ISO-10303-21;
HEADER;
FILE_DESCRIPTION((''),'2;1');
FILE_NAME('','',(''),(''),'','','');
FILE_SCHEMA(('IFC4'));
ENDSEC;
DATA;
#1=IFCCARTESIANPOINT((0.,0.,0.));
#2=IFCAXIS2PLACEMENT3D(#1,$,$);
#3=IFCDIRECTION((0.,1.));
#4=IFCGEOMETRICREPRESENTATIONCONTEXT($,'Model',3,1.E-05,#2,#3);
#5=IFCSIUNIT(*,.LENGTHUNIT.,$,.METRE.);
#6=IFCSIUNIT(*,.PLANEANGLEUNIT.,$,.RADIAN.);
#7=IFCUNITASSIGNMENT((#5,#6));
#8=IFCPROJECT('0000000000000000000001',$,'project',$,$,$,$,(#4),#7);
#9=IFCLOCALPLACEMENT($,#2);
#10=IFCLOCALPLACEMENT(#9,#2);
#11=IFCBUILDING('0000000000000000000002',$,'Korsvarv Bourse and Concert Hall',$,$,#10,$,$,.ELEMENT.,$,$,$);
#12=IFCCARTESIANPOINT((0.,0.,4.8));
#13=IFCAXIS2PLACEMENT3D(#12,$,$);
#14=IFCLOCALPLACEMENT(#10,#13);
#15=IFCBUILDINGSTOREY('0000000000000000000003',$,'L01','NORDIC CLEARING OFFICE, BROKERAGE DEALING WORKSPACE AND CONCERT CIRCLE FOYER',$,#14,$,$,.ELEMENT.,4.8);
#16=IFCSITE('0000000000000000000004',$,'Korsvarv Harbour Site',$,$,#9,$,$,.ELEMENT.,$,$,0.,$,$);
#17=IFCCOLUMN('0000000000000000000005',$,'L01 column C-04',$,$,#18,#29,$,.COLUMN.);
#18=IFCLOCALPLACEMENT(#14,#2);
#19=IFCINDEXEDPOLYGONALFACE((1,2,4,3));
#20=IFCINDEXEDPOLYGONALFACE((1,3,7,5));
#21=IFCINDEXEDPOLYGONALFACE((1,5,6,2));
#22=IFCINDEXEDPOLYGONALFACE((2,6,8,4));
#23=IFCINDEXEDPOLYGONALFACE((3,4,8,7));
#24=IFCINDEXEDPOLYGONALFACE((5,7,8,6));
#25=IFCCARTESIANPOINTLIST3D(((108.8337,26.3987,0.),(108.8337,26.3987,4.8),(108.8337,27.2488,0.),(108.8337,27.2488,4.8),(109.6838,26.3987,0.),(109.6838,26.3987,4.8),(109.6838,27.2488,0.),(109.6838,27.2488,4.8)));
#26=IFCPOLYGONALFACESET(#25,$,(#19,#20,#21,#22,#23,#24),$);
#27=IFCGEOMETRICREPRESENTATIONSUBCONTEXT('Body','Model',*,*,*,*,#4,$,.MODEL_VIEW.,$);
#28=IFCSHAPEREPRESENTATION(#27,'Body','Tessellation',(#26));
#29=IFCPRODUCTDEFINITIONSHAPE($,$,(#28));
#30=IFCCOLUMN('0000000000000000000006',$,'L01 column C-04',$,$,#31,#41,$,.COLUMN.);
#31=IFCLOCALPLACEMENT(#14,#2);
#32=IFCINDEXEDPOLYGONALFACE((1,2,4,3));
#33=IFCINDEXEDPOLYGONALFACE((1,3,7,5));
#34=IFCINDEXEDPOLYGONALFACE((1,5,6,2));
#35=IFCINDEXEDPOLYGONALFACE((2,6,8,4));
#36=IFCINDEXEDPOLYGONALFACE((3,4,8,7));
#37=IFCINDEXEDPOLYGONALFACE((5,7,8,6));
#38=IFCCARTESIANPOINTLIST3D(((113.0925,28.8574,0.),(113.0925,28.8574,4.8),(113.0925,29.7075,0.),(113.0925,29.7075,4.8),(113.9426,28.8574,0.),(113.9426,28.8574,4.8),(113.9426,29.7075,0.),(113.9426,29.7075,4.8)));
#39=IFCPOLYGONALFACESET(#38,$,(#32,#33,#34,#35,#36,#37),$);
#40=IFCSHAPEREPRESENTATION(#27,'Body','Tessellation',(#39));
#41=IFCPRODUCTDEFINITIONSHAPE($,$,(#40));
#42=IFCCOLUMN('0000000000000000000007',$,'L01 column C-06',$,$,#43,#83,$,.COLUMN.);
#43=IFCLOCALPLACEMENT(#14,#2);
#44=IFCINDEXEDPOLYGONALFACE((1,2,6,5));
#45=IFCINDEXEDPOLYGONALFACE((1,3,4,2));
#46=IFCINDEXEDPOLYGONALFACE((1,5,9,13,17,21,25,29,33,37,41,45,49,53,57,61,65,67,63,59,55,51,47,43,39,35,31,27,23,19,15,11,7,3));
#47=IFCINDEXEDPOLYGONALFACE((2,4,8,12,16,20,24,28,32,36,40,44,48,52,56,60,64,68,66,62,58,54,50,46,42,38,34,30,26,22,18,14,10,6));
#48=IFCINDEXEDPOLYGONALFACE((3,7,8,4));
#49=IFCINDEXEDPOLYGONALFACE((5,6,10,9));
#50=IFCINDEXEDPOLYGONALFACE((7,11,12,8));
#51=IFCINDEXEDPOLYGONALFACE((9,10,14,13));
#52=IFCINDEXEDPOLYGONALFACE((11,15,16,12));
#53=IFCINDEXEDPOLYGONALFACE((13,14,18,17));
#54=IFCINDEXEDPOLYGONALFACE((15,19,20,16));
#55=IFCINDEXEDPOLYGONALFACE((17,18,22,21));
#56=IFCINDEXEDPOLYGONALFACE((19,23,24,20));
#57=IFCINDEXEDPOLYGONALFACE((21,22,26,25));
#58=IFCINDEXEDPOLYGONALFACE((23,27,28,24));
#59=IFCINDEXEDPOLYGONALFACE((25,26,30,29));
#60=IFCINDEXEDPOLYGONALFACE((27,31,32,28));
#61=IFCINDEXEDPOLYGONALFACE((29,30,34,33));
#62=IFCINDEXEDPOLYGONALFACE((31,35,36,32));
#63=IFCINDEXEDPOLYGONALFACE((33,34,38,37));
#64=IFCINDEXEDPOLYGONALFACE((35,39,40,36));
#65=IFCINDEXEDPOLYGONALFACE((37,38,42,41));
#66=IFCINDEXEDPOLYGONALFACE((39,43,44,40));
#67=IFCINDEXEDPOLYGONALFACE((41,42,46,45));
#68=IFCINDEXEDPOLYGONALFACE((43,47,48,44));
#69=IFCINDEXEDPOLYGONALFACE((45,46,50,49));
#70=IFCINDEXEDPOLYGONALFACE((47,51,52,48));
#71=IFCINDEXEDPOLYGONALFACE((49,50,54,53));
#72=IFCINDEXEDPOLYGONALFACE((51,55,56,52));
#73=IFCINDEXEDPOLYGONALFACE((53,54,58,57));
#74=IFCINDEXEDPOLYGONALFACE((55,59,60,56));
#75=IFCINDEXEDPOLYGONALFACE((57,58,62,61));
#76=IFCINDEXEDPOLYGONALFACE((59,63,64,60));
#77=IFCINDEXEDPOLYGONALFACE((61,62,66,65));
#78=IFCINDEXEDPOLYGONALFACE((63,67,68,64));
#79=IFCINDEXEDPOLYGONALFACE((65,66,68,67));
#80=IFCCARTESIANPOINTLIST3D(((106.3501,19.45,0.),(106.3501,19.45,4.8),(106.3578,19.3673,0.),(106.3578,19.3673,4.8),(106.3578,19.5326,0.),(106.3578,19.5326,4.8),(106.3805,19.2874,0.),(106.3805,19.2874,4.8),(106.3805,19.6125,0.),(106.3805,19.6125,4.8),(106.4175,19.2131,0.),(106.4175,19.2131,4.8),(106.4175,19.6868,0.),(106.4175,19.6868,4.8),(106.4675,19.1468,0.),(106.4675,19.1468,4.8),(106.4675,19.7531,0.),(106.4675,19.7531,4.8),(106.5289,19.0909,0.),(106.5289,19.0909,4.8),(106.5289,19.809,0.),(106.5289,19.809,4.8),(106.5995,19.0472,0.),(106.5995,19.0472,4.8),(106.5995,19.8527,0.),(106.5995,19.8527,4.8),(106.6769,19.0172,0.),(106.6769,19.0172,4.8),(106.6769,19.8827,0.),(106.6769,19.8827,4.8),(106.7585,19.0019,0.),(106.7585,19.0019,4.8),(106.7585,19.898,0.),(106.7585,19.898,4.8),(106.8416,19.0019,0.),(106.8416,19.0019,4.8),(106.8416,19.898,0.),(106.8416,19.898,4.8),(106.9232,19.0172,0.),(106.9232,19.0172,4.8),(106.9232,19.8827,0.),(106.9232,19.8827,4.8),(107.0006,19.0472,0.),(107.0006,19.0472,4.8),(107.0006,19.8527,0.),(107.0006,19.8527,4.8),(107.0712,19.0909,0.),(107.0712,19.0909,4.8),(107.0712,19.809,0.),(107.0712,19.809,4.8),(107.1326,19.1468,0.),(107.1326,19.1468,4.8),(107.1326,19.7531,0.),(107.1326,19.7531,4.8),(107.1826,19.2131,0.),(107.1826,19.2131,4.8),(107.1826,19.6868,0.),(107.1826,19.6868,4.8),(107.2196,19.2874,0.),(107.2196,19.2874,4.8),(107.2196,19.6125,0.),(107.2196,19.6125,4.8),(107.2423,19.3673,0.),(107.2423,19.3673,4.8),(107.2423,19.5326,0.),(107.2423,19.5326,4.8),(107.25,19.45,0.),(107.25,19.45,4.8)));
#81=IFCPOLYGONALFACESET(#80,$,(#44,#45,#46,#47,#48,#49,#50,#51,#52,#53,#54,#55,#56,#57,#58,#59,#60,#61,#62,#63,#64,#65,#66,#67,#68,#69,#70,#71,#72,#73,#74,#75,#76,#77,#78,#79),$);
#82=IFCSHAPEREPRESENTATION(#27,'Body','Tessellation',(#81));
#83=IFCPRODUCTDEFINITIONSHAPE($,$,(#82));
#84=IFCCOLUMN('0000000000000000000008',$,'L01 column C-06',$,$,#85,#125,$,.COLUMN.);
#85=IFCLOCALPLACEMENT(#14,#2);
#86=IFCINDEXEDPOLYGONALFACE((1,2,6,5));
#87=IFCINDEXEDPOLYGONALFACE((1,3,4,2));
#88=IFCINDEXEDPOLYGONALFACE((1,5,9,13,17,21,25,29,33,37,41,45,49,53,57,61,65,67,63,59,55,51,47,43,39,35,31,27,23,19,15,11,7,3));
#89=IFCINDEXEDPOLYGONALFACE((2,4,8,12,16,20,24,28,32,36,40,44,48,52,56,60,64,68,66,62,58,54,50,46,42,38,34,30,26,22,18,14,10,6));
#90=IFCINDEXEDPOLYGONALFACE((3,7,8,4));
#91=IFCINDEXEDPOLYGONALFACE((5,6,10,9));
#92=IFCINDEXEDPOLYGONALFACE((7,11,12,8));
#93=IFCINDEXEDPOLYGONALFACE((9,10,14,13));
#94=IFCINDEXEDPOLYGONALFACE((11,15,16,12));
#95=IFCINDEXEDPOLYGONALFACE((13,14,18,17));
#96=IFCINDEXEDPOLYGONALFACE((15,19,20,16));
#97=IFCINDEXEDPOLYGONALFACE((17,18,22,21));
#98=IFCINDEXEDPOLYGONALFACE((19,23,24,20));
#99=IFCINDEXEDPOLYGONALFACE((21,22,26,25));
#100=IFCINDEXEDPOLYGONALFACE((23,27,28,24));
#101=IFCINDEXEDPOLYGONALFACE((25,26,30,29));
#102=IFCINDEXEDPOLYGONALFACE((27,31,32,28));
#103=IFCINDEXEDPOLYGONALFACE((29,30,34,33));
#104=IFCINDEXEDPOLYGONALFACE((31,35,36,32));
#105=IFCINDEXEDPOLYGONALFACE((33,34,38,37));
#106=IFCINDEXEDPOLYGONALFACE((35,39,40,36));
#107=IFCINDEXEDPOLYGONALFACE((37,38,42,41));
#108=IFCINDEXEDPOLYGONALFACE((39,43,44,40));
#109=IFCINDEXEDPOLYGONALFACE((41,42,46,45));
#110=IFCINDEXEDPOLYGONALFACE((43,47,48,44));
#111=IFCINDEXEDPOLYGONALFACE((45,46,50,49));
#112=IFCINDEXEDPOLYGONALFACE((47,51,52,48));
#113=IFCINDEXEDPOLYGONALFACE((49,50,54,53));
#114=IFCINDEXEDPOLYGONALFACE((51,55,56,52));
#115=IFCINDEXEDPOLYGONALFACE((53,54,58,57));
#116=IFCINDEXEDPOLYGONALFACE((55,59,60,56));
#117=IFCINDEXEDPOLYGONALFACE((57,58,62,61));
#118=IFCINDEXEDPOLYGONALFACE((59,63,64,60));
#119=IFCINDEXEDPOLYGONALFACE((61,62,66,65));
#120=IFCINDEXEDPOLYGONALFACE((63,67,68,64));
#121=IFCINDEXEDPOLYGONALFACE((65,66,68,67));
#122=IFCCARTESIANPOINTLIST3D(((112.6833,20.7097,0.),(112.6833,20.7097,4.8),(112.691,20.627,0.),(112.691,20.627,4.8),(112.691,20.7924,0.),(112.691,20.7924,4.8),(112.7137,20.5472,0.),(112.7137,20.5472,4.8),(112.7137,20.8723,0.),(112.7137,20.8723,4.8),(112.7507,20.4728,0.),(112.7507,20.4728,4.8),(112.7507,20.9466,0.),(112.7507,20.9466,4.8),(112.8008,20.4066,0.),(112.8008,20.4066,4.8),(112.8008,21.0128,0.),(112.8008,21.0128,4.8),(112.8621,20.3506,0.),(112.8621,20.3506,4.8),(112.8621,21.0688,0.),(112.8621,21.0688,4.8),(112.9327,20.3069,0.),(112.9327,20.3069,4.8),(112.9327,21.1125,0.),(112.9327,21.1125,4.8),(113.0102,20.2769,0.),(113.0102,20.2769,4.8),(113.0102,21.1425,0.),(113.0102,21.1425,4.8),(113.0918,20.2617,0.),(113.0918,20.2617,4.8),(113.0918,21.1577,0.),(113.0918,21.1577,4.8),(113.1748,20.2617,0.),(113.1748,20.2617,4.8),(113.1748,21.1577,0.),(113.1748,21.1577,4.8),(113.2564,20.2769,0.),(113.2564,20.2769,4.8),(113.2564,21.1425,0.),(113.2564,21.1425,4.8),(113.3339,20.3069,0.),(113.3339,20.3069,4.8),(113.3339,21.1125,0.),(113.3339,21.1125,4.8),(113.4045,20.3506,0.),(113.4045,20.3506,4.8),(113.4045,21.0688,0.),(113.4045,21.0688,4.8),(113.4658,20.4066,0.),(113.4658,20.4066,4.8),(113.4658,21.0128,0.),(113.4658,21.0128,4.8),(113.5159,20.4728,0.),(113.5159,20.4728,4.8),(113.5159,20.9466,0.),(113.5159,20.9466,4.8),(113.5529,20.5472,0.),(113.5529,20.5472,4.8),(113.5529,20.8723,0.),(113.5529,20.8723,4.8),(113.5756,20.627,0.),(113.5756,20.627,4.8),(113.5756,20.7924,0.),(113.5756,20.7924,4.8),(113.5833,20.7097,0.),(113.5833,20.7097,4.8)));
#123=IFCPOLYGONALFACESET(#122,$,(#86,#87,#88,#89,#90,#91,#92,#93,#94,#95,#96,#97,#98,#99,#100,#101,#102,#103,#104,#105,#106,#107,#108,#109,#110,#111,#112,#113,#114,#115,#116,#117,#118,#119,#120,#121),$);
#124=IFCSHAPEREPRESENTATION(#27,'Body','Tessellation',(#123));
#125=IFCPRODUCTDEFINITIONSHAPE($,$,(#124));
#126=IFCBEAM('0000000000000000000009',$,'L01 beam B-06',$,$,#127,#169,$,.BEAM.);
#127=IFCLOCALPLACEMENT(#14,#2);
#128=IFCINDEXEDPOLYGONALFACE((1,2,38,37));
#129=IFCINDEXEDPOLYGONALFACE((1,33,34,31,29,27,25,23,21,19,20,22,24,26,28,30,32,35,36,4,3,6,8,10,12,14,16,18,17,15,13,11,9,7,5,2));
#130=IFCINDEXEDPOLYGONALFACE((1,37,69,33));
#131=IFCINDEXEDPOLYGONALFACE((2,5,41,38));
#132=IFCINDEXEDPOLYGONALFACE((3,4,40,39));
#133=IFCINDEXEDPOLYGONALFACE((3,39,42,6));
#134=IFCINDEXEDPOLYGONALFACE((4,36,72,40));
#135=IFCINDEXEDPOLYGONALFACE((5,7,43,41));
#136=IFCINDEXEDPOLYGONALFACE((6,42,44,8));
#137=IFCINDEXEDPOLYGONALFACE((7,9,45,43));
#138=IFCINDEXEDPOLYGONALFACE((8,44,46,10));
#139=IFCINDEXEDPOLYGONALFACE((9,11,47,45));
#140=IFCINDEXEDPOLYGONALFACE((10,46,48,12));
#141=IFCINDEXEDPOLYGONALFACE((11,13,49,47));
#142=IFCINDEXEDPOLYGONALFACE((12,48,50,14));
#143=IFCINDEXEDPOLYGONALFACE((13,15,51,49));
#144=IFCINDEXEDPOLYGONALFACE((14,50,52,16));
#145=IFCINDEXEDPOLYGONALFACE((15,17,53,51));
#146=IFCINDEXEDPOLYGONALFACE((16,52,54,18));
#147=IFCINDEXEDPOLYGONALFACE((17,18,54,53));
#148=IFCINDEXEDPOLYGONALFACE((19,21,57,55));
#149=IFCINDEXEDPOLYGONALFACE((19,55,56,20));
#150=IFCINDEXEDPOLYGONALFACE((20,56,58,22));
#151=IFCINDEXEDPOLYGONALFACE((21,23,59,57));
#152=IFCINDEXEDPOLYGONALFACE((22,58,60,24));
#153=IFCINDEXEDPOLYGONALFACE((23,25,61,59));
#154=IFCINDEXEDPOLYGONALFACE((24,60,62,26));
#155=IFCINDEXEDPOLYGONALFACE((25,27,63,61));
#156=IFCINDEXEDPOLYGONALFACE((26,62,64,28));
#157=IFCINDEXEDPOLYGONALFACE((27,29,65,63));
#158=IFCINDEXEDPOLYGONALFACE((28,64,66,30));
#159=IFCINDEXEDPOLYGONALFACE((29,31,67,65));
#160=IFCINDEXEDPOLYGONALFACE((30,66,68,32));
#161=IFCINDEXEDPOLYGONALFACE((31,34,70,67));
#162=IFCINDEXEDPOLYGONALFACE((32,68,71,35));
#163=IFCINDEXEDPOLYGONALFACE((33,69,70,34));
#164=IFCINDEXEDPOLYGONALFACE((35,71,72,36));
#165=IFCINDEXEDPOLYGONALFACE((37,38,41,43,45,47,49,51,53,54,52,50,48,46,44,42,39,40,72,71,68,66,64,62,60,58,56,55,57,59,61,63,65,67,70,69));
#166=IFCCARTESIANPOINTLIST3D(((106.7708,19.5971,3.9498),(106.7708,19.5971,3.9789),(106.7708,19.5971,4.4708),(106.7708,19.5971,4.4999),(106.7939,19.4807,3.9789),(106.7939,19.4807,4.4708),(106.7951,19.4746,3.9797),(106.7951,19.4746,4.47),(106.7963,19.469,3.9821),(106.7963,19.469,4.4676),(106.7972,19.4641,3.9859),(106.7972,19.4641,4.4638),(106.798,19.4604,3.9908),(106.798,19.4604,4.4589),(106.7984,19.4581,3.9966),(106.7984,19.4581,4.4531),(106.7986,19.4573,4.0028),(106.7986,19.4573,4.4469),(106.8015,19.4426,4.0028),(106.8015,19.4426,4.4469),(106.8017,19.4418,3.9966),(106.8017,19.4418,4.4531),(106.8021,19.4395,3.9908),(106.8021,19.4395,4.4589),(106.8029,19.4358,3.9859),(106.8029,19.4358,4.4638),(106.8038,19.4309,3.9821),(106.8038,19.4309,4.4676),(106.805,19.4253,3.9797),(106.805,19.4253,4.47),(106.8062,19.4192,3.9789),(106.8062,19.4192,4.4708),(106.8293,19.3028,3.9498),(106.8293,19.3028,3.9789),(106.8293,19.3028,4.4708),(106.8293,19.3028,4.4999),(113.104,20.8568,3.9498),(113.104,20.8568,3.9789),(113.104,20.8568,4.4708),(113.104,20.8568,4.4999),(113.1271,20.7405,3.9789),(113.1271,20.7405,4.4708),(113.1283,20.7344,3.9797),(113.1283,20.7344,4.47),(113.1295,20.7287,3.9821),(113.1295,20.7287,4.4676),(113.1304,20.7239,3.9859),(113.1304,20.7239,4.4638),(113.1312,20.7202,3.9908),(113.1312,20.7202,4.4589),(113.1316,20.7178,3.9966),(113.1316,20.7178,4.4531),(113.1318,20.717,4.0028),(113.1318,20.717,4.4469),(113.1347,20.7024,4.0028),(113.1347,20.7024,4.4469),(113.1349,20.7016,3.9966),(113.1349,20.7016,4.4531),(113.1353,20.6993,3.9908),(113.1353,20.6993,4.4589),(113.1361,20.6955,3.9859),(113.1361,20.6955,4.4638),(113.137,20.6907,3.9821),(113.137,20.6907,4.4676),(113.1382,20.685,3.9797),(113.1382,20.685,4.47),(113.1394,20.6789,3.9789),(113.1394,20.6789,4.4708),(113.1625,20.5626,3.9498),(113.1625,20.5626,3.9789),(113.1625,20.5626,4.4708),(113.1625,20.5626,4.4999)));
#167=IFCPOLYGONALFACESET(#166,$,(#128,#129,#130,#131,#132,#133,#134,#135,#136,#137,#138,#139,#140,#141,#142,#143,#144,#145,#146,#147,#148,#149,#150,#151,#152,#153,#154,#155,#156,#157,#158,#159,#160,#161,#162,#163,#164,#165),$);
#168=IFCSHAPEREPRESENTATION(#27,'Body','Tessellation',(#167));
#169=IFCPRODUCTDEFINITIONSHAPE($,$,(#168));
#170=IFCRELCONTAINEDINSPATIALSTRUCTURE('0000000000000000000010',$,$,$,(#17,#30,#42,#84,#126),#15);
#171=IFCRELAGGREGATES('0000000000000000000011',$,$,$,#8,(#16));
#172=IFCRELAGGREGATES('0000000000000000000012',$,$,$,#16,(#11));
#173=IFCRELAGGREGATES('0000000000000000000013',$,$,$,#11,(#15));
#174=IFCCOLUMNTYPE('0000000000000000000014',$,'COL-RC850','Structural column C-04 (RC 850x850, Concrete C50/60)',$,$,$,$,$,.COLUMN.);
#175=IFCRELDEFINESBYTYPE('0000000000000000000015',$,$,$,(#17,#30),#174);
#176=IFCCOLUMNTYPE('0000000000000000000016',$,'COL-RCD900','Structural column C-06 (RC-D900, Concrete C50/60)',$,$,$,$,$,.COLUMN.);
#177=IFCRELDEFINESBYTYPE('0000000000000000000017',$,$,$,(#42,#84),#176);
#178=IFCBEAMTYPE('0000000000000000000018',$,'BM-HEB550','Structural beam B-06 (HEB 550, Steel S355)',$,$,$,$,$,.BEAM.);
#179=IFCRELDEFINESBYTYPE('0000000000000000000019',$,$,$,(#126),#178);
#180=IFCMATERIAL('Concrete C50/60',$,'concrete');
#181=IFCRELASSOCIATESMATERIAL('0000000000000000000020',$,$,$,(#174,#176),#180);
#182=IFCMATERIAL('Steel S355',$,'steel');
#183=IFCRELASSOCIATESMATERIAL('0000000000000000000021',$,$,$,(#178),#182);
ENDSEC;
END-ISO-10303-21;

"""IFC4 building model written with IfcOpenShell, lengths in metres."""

from ifc_helpers import new_model, si_unit, direction, frame, origin, origin_2d, place, context, subcontext, project, spatial, rectangle, circle, i_section, extrude, source, transform, mapped, material, material_profile, profile_set, type_object, element, save


model = new_model("IFC4")

# Units and contexts
model_context = context("Model", 3, precision=1e-05, world=origin(), true_north=direction((0.0, 1.0)))
body_context = subcontext(model_context, "Body", "Model", "MODEL_VIEW")
ifc_project = project(units=[si_unit("LENGTHUNIT", "METRE"), si_unit("PLANEANGLEUNIT", "RADIAN")], contexts=[model_context])

# Site, building, storey
site_placement = place(None, origin())
site = spatial("IfcSite", under=ifc_project, at=site_placement, Name="Korsvarv Harbour Site", CompositionType="ELEMENT", RefElevation=0.0)
building_placement = place(site_placement, origin())
building = spatial("IfcBuilding", under=site, at=building_placement, Name="Korsvarv Bourse and Concert Hall", CompositionType="ELEMENT")
storey_placement = place(building_placement, frame((0.0, 0.0, 4.8)))
storey = spatial("IfcBuildingStorey", under=building, at=storey_placement, Name="L01", Description="NORDIC CLEARING OFFICE, BROKERAGE DEALING WORKSPACE AND CONCERT CIRCLE FOYER", CompositionType="ELEMENT", Elevation=4.8)

# Columns
ifc_material_1 = material(Name="Concrete C50/60", Category="concrete")
ifc_material_profile_1 = material_profile(ifc_material_1, rectangle(XDim=0.8501, YDim=0.8501, at=origin_2d()), Name="RC 850x850")
ifc_profile_set_1 = profile_set([ifc_material_profile_1], Name="Concrete C50/60")
column_type_1 = type_object("IfcColumnType", Name="COL-RC850", Description="Structural column C-04 (RC 850x850, Concrete C50/60)", PredefinedType="COLUMN", material=ifc_profile_set_1)
shared_shape_1 = source(origin(), body_context, "Body", "SweptSolid", [
    extrude(rectangle(XDim=0.8501, YDim=0.8501, at=origin_2d()), origin(), (0.0, 0.0, 1.0), 4.8),
])
for number, where, z_axis, x_axis, name in (
    (1, (109.2588, 26.8237, 0.0), (0.0, 0.0, 1.0), (1.0, 0.0, 0.0), "L01 column C-04"),
    (2, (113.5176, 29.2825, 0.0), (0.0, 0.0, 1.0), (1.0, 0.0, 0.0), "L01 column C-04"),
):
    element("IfcColumn", number, at=place(storey_placement, frame(where, z_axis=z_axis, x_axis=x_axis)), inside=storey, type_object=column_type_1, Name=name, PredefinedType="COLUMN", context=body_context, shape_type="MappedRepresentation", body=[
        mapped(shared_shape_1, transform((0.0, 0.0, 0.0), scale=1.0)),
    ])
ifc_material_profile_2 = material_profile(ifc_material_1, circle(Radius=0.45, at=origin_2d()), Name="RC-D900")
ifc_profile_set_2 = profile_set([ifc_material_profile_2], Name="Concrete C50/60")
column_type_2 = type_object("IfcColumnType", Name="COL-RCD900", Description="Structural column C-06 (RC-D900, Concrete C50/60)", PredefinedType="COLUMN", material=ifc_profile_set_2)
shared_shape_2 = source(origin(), body_context, "Body", "SweptSolid", [
    extrude(circle(Radius=0.45, at=origin_2d()), origin(), (0.0, 0.0, 1.0), 4.8),
])
for number, where, z_axis, x_axis, name in (
    (3, (106.8, 19.45, 0.0), (0.0, 0.0, 1.0), (1.0, 0.0, 0.0), "L01 column C-06"),
    (4, (113.1333, 20.7097, 0.0), (0.0, 0.0, 1.0), (1.0, 0.0, 0.0), "L01 column C-06"),
):
    element("IfcColumn", number, at=place(storey_placement, frame(where, z_axis=z_axis, x_axis=x_axis)), inside=storey, type_object=column_type_2, Name=name, PredefinedType="COLUMN", context=body_context, shape_type="MappedRepresentation", body=[
        mapped(shared_shape_2, transform((0.0, 0.0, 0.0), scale=1.0)),
    ])

# Beam
ifc_material_2 = material(Name="Steel S355", Category="steel")
ifc_material_profile_3 = material_profile(ifc_material_2, i_section(OverallWidth=0.3, OverallDepth=0.55, WebThickness=0.0149, FlangeThickness=0.0291, FilletRadius=0.0239, at=origin_2d()), Name="HEB 550")
ifc_profile_set_3 = profile_set([ifc_material_profile_3], Name="Steel S355")
beam_type_1 = type_object("IfcBeamType", Name="BM-HEB550", Description="Structural beam B-06 (HEB 550, Steel S355)", PredefinedType="BEAM", material=ifc_profile_set_3)
shared_shape_3 = source(origin(), body_context, "Body", "SweptSolid", [
    extrude(i_section(OverallWidth=0.3, OverallDepth=0.55, WebThickness=0.0149, FlangeThickness=0.0291, FilletRadius=0.0239, at=origin_2d()), origin(), (0.0, 0.0, 1.0), 6.4573),
])
beam_1_placement = place(storey_placement, frame((106.8, 19.45, 4.2249), z_axis=(0.980785, 0.195091, 0.0), x_axis=(-0.195091, 0.980785, 0.0)))
element("IfcBeam", 5, at=beam_1_placement, inside=storey, type_object=beam_type_1, Name="L01 beam B-06", PredefinedType="BEAM", context=body_context, shape_type="MappedRepresentation", body=[
    mapped(shared_shape_3, transform((0.0, 0.0, 0.0), scale=1.0)),
])

save(model, "model.ifc")
